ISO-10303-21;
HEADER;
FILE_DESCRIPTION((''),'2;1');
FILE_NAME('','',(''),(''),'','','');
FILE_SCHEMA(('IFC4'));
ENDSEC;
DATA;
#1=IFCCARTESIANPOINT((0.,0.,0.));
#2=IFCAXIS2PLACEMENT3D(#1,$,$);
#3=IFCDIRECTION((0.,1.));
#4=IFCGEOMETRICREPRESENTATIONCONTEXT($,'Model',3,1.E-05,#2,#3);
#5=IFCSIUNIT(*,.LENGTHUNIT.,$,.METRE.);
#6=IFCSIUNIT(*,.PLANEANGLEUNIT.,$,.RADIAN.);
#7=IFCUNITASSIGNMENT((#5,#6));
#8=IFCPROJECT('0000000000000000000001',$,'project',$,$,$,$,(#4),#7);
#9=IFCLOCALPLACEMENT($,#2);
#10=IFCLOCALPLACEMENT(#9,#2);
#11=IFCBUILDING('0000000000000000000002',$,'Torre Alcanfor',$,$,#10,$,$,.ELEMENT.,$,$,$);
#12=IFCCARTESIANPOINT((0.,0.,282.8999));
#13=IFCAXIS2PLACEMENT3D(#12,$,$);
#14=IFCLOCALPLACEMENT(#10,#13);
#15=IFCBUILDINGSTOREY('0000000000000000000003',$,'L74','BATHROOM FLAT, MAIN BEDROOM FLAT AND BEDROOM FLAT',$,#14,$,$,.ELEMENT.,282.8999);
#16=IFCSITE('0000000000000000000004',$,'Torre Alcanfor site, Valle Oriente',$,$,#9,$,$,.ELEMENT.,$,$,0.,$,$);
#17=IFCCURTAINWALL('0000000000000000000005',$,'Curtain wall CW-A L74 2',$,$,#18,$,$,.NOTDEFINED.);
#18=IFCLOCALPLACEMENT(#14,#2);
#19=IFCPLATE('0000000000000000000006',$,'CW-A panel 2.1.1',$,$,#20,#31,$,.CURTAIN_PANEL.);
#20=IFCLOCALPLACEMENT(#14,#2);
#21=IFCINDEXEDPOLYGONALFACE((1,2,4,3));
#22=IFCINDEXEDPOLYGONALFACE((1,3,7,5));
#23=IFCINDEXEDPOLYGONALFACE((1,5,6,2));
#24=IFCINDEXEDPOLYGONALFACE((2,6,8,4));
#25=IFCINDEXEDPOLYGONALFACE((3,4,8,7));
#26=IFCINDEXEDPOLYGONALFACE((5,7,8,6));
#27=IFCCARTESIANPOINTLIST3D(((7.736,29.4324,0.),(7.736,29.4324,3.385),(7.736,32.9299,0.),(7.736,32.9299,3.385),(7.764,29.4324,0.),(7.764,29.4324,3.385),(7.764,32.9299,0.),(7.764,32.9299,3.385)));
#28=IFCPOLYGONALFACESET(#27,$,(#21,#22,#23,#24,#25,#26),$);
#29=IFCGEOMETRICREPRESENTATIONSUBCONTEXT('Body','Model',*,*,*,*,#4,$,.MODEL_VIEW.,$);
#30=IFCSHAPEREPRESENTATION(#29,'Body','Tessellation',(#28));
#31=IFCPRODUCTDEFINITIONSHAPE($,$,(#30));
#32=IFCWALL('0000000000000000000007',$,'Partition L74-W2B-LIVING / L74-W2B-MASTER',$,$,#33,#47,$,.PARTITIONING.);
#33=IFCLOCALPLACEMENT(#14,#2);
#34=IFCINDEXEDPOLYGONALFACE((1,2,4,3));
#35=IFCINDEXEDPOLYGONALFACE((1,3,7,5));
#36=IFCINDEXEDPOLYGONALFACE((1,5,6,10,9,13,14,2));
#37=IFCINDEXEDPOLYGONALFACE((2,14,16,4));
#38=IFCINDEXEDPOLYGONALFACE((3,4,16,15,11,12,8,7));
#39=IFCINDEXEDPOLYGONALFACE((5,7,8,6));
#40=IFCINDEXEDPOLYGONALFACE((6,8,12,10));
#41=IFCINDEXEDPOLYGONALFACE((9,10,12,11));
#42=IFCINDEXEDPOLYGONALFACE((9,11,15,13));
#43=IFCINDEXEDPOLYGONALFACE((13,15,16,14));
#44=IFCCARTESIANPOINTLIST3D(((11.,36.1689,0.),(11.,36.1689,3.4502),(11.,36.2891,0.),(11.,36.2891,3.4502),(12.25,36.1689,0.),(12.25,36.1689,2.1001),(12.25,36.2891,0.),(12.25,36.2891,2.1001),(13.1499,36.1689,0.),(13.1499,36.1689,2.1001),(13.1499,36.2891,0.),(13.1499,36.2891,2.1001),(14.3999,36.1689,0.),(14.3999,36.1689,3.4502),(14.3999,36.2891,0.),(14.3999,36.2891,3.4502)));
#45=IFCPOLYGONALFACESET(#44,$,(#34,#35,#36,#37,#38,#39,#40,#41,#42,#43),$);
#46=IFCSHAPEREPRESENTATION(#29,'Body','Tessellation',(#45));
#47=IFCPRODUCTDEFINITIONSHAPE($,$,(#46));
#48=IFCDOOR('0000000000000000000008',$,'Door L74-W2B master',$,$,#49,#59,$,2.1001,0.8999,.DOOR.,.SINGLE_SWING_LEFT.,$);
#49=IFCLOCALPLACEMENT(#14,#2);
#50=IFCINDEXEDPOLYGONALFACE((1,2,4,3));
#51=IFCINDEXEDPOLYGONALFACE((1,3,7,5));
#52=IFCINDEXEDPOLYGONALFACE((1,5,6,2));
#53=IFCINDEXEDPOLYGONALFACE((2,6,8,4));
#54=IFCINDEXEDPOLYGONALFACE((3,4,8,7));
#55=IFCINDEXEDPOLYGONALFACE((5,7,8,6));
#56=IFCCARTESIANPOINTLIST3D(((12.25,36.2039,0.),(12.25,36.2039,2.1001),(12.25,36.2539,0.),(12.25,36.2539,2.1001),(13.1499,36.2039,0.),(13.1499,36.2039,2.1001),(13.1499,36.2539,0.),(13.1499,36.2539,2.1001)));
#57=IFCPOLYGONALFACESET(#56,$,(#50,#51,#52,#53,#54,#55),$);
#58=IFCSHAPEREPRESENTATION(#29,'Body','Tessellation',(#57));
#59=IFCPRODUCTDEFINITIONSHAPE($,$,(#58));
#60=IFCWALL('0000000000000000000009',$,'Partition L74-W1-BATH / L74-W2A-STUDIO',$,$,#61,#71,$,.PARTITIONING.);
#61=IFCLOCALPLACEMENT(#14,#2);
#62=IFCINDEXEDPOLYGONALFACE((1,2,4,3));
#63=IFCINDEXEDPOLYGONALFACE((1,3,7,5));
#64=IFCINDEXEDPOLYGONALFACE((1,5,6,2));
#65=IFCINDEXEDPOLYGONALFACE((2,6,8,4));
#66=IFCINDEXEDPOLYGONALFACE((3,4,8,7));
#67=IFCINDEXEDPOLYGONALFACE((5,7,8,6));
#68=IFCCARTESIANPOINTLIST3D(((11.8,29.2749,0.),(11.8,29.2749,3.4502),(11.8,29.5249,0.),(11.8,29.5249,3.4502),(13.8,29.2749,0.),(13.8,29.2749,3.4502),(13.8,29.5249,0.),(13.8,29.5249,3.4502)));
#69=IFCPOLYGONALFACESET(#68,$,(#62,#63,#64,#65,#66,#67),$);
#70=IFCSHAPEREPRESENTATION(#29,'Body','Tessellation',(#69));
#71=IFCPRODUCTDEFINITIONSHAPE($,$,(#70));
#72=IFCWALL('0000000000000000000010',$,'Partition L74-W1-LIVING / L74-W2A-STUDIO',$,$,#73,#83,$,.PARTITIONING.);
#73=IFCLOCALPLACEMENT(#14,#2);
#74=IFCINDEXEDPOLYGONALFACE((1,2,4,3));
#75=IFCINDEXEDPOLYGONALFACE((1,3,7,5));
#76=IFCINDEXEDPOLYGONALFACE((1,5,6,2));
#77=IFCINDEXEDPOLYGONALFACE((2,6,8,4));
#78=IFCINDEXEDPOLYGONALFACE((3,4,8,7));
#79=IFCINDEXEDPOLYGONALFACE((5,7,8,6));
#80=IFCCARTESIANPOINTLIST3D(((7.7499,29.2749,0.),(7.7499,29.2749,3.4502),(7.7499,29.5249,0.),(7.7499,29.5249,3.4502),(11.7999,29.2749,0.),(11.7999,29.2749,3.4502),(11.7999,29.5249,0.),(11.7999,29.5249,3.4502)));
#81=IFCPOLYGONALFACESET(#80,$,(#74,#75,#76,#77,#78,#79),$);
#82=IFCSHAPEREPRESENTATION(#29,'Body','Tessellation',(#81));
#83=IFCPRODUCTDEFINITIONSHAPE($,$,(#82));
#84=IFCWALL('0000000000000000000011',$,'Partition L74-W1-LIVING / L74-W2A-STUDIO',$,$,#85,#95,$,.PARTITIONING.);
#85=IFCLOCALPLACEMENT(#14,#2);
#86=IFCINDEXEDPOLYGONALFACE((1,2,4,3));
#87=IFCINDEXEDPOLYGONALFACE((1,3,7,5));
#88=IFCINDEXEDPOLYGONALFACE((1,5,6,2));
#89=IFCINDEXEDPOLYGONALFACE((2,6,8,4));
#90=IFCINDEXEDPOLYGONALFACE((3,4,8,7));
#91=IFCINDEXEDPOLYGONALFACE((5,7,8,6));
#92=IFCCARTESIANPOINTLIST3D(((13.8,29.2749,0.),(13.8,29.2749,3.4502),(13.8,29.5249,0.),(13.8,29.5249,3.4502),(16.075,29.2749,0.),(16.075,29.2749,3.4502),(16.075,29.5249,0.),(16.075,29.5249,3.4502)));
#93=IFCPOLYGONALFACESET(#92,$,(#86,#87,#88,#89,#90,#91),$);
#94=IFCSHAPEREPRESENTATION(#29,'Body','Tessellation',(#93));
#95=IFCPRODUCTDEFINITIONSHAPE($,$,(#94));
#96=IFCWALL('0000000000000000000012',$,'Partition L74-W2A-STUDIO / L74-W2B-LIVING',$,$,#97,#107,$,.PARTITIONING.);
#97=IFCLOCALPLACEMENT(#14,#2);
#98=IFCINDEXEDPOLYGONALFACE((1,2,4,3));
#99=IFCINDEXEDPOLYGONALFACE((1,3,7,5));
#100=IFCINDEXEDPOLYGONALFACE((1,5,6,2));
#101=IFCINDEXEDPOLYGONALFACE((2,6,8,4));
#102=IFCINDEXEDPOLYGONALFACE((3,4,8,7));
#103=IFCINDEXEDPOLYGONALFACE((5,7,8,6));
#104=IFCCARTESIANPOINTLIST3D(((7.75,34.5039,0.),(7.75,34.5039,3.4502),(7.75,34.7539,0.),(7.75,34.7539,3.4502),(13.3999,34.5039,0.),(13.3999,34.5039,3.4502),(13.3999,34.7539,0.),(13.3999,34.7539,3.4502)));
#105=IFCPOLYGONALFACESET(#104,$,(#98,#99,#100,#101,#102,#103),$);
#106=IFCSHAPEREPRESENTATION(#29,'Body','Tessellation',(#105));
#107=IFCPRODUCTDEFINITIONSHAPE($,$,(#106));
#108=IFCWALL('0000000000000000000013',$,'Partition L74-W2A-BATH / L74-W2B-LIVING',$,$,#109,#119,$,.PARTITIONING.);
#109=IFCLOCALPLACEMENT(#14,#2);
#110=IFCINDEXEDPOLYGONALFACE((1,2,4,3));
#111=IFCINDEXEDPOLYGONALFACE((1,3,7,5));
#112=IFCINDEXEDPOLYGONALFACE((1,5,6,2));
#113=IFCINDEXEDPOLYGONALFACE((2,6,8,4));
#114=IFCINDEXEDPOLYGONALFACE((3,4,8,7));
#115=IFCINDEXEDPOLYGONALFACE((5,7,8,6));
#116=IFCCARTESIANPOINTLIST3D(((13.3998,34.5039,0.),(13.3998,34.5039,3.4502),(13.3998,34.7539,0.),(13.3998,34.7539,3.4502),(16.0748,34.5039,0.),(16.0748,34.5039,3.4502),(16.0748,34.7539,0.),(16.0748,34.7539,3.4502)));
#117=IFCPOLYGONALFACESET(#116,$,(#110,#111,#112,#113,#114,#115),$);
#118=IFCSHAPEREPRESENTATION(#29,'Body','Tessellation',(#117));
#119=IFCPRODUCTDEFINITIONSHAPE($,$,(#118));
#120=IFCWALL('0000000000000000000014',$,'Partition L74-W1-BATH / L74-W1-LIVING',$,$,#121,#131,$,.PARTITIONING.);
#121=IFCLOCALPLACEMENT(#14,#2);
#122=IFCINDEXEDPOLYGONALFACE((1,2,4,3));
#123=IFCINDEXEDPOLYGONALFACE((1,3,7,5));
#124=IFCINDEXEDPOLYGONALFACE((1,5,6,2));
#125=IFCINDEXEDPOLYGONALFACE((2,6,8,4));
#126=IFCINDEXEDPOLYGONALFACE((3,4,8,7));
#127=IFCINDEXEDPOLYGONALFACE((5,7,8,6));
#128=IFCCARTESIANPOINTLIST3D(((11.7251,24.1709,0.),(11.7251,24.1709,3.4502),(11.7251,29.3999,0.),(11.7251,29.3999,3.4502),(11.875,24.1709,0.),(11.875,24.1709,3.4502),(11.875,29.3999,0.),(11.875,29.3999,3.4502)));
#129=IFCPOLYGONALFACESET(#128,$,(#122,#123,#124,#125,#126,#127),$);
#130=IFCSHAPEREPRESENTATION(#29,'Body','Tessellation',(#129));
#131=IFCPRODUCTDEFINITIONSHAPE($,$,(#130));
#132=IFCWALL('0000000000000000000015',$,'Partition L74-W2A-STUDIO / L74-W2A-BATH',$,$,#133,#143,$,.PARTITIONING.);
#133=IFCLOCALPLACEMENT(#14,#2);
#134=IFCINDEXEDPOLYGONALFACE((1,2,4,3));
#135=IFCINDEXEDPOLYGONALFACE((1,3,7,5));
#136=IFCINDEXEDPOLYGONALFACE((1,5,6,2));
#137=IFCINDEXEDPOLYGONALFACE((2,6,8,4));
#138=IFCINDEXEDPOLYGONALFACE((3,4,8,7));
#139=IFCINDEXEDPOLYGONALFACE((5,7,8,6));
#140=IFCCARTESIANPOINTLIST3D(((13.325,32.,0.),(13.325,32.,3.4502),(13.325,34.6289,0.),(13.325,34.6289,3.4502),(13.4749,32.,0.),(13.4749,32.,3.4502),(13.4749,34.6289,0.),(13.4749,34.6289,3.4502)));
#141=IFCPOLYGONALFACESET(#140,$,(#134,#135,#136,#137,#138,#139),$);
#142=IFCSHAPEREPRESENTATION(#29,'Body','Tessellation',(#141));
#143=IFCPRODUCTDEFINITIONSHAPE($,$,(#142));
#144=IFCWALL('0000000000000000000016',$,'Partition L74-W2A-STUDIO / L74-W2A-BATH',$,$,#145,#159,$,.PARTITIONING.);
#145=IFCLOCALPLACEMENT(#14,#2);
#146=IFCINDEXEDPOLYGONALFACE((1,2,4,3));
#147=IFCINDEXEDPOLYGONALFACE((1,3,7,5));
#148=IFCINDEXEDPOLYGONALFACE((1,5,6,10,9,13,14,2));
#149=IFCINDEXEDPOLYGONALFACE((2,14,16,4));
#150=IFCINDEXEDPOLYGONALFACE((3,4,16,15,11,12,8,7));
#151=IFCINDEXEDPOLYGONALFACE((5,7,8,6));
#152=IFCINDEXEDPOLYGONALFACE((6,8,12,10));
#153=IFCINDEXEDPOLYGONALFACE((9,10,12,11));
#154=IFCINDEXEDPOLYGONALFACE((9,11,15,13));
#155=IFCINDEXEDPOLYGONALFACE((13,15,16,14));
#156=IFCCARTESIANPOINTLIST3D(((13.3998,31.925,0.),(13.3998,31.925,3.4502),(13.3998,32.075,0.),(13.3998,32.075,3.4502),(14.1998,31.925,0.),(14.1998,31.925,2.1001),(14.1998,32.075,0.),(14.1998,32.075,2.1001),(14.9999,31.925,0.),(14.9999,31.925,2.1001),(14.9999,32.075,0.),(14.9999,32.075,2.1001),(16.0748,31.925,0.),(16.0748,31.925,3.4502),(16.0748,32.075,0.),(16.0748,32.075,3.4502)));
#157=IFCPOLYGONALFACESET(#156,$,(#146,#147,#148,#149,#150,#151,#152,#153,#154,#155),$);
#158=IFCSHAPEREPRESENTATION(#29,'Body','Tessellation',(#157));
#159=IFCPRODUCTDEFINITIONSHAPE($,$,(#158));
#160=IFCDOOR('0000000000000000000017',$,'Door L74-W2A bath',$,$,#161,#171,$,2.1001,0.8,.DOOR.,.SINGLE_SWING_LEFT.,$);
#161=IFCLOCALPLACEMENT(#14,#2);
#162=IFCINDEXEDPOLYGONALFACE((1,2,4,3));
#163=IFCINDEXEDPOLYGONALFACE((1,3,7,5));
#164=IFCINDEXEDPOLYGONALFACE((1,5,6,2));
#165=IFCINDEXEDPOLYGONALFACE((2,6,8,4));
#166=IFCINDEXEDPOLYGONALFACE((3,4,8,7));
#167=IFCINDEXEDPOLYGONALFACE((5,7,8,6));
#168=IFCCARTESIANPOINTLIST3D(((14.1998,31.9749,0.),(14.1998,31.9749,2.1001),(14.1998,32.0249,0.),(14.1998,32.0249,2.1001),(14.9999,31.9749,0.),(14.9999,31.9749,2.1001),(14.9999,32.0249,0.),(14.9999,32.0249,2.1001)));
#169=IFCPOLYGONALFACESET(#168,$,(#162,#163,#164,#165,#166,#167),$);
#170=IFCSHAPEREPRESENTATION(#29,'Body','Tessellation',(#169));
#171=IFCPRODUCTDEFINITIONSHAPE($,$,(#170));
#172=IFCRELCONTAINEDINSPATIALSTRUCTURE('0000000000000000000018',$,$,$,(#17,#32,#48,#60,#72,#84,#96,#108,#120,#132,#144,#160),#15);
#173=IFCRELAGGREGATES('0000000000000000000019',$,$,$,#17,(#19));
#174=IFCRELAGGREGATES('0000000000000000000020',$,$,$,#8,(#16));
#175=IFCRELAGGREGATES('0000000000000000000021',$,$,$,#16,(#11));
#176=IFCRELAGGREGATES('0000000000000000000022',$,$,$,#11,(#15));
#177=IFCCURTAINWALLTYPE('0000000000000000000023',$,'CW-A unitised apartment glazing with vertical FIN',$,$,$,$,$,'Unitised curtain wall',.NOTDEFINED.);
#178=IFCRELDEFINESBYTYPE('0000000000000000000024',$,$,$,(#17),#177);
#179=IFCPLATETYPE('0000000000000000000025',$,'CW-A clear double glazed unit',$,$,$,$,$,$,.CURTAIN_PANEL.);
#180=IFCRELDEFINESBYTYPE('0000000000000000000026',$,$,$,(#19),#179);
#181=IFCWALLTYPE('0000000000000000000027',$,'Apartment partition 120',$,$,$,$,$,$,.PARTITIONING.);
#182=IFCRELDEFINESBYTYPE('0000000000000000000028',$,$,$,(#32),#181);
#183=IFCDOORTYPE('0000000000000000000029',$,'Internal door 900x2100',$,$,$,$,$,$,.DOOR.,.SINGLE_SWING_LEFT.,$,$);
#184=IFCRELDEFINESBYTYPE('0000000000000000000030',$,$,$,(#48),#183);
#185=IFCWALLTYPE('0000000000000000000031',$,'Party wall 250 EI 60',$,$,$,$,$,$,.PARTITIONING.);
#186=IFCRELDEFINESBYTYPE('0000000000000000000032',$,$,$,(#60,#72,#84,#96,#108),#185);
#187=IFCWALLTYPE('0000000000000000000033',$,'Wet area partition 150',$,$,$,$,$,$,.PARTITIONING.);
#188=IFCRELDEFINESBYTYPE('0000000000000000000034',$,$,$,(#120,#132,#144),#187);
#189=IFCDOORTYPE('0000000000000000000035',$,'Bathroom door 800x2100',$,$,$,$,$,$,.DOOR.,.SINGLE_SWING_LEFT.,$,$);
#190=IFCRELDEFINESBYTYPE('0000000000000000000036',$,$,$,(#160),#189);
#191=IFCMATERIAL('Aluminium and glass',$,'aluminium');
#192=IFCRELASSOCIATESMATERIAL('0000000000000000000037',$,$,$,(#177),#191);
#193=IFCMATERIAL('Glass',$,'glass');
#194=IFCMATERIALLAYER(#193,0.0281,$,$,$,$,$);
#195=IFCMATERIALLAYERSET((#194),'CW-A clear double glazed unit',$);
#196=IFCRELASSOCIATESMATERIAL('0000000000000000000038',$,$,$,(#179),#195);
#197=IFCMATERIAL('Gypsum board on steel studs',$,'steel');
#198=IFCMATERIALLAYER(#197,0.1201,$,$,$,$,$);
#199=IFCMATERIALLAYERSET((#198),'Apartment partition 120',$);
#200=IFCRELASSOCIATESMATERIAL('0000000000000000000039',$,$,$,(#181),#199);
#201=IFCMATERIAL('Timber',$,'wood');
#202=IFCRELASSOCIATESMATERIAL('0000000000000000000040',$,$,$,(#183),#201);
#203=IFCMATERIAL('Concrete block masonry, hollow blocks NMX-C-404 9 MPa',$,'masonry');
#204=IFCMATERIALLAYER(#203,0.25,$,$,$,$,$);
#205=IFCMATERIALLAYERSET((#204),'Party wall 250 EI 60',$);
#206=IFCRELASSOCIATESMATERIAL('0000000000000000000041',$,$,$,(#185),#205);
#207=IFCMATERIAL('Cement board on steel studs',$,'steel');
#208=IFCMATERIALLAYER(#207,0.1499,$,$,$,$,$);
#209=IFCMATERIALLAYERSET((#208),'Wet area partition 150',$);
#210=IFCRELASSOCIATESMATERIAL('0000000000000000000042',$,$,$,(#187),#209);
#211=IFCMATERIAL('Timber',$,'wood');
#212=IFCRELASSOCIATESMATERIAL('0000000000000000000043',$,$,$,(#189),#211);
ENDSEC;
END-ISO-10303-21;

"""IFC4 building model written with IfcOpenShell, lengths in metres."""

from ifc_helpers import new_model, si_unit, direction, frame, frame_2d, origin, origin_2d, place, context, subcontext, project, spatial, rectangle, extrude, material, layer, layer_set, type_object, element, fill, aggregate, save


model = new_model("IFC4")

# Units and contexts
model_context = context("Model", 3, precision=1e-05, world=origin(), true_north=direction((0.0, 1.0)))
body_context = subcontext(model_context, "Body", "Model", "MODEL_VIEW")
ifc_project = project(units=[si_unit("LENGTHUNIT", "METRE"), si_unit("PLANEANGLEUNIT", "RADIAN")], contexts=[model_context])

# Site, building, storey
site_placement = place(None, origin())
site = spatial("IfcSite", under=ifc_project, at=site_placement, Name="Torre Alcanfor site, Valle Oriente", CompositionType="ELEMENT", RefElevation=0.0)
building_placement = place(site_placement, origin())
building = spatial("IfcBuilding", under=site, at=building_placement, Name="Torre Alcanfor", CompositionType="ELEMENT")
storey_placement = place(building_placement, frame((0.0, 0.0, 282.8999)))
storey = spatial("IfcBuildingStorey", under=building, at=storey_placement, Name="L74", Description="BATHROOM FLAT, MAIN BEDROOM FLAT AND BEDROOM FLAT", CompositionType="ELEMENT", Elevation=282.8999)

# Curtain wall
ifc_material_1 = material(Name="Aluminium and glass", Category="aluminium")
curtain_wall_type = type_object("IfcCurtainWallType", Name="CW-A unitised apartment glazing with vertical FIN", ElementType="Unitised curtain wall", PredefinedType="NOTDEFINED", material=ifc_material_1)
curtain_wall_placement = place(storey_placement, origin())
curtain_wall = element("IfcCurtainWall", 1, at=curtain_wall_placement, inside=storey, type_object=curtain_wall_type, Name="Curtain wall CW-A L74 2", PredefinedType="NOTDEFINED")

# Plate
ifc_material_2 = material(Name="Glass", Category="glass")
ifc_layer_1 = layer(ifc_material_2, 0.0281)
ifc_layer_set_1 = layer_set([ifc_layer_1], Name="CW-A clear double glazed unit")
plate_type = type_object("IfcPlateType", Name="CW-A clear double glazed unit", PredefinedType="CURTAIN_PANEL", material=ifc_layer_set_1)
plate_1_placement = place(storey_placement, frame((7.75, 31.1812, 0.0), z_axis=(0.0, 0.0, 1.0), x_axis=(0.0, -1.0, 0.0)))
plate_1 = element("IfcPlate", 2, at=plate_1_placement, type_object=plate_type, Name="CW-A panel 2.1.1", PredefinedType="CURTAIN_PANEL", context=body_context, shape_type="SweptSolid", body=[
    extrude(rectangle(XDim=3.4976, YDim=0.0281, at=origin_2d()), origin(), (0.0, 0.0, 1.0), 3.385),
])
aggregate(curtain_wall, [plate_1])

# Wall, opening, door
ifc_material_3 = material(Name="Gypsum board on steel studs", Category="steel")
ifc_layer_2 = layer(ifc_material_3, 0.1201)
ifc_layer_set_2 = layer_set([ifc_layer_2], Name="Apartment partition 120")
wall_type_1 = type_object("IfcWallType", Name="Apartment partition 120", PredefinedType="PARTITIONING", material=ifc_layer_set_2)
wall_1_placement = place(storey_placement, frame((11.0, 36.229, 0.0), z_axis=(0.0, 0.0, 1.0), x_axis=(1.0, 0.0, 0.0)))
wall_1 = element("IfcWall", 3, at=wall_1_placement, inside=storey, type_object=wall_type_1, Name="Partition L74-W2B-LIVING / L74-W2B-MASTER", PredefinedType="PARTITIONING", context=body_context, shape_type="SweptSolid", body=[
    extrude(rectangle(XDim=3.3999, YDim=0.1201, at=frame_2d((1.7, 0.0))), origin(), (0.0, 0.0, 1.0), 3.4502),
])
opening_1_placement = place(wall_1_placement, frame((1.25, 0.0, 0.0)))
opening_1 = element("IfcOpeningElement", 4, at=opening_1_placement, cuts=wall_1, PredefinedType="OPENING", context=body_context, shape_type="SweptSolid", body=[
    extrude(rectangle(XDim=0.8999, YDim=2.1001, at=frame_2d((0.45, 1.05))), frame((0.0, 0.0701, 0.0), z_axis=(0.0, -1.0, 0.0), x_axis=(1.0, 0.0, 0.0)), (0.0, 0.0, 1.0), 0.1401),
])
ifc_material_4 = material(Name="Timber", Category="wood")
door_type_1 = type_object("IfcDoorType", Name="Internal door 900x2100", OperationType="SINGLE_SWING_LEFT", PredefinedType="DOOR", material=ifc_material_4)
door_1_placement = place(opening_1_placement, origin())
door_1 = element("IfcDoor", 5, at=door_1_placement, inside=storey, type_object=door_type_1, Name="Door L74-W2B master", OperationType="SINGLE_SWING_LEFT", OverallHeight=2.1001, OverallWidth=0.8999, PredefinedType="DOOR", context=body_context, shape_type="SweptSolid", body=[
    extrude(rectangle(XDim=0.8999, YDim=2.1001, at=frame_2d((0.45, 1.05))), frame((0.0, 0.0249, 0.0), z_axis=(0.0, -1.0, 0.0), x_axis=(1.0, 0.0, 0.0)), (0.0, 0.0, 1.0), 0.05),
])
fill(opening_1, door_1)

# Walls
ifc_material_5 = material(Name="Concrete block masonry, hollow blocks NMX-C-404 9 MPa", Category="masonry")
ifc_layer_3 = layer(ifc_material_5, 0.25)
ifc_layer_set_3 = layer_set([ifc_layer_3], Name="Party wall 250 EI 60")
wall_type_2 = type_object("IfcWallType", Name="Party wall 250 EI 60", PredefinedType="PARTITIONING", material=ifc_layer_set_3)
wall_2_placement = place(storey_placement, frame((13.8, 29.3999, 0.0), z_axis=(0.0, 0.0, 1.0), x_axis=(-1.0, 0.0, 0.0)))
element("IfcWall", 6, at=wall_2_placement, inside=storey, type_object=wall_type_2, Name="Partition L74-W1-BATH / L74-W2A-STUDIO", PredefinedType="PARTITIONING", context=body_context, shape_type="SweptSolid", body=[
    extrude(rectangle(XDim=2.0, YDim=0.25, at=frame_2d((1.0, 0.0))), origin(), (0.0, 0.0, 1.0), 3.4502),
])
wall_3_placement = place(storey_placement, frame((7.75, 29.3999, 0.0), z_axis=(0.0, 0.0, 1.0), x_axis=(1.0, 0.0, 0.0)))
element("IfcWall", 7, at=wall_3_placement, inside=storey, type_object=wall_type_2, Name="Partition L74-W1-LIVING / L74-W2A-STUDIO", PredefinedType="PARTITIONING", context=body_context, shape_type="SweptSolid", body=[
    extrude(rectangle(XDim=4.05, YDim=0.25, at=frame_2d((2.0249, 0.0))), origin(), (0.0, 0.0, 1.0), 3.4502),
])
wall_4_placement = place(storey_placement, frame((13.8, 29.3999, 0.0), z_axis=(0.0, 0.0, 1.0), x_axis=(1.0, 0.0, 0.0)))
element("IfcWall", 8, at=wall_4_placement, inside=storey, type_object=wall_type_2, Name="Partition L74-W1-LIVING / L74-W2A-STUDIO", PredefinedType="PARTITIONING", context=body_context, shape_type="SweptSolid", body=[
    extrude(rectangle(XDim=2.2749, YDim=0.25, at=frame_2d((1.1375, 0.0))), origin(), (0.0, 0.0, 1.0), 3.4502),
])
wall_5_placement = place(storey_placement, frame((7.75, 34.6289, 0.0), z_axis=(0.0, 0.0, 1.0), x_axis=(1.0, 0.0, 0.0)))
element("IfcWall", 9, at=wall_5_placement, inside=storey, type_object=wall_type_2, Name="Partition L74-W2A-STUDIO / L74-W2B-LIVING", PredefinedType="PARTITIONING", context=body_context, shape_type="SweptSolid", body=[
    extrude(rectangle(XDim=5.6499, YDim=0.25, at=frame_2d((2.825, 0.0))), origin(), (0.0, 0.0, 1.0), 3.4502),
])
wall_6_placement = place(storey_placement, frame((13.3999, 34.6289, 0.0), z_axis=(0.0, 0.0, 1.0), x_axis=(1.0, 0.0, 0.0)))
element("IfcWall", 10, at=wall_6_placement, inside=storey, type_object=wall_type_2, Name="Partition L74-W2A-BATH / L74-W2B-LIVING", PredefinedType="PARTITIONING", context=body_context, shape_type="SweptSolid", body=[
    extrude(rectangle(XDim=2.675, YDim=0.25, at=frame_2d((1.3374, 0.0))), origin(), (0.0, 0.0, 1.0), 3.4502),
])
ifc_material_6 = material(Name="Cement board on steel studs", Category="steel")
ifc_layer_4 = layer(ifc_material_6, 0.1499)
ifc_layer_set_4 = layer_set([ifc_layer_4], Name="Wet area partition 150")
wall_type_3 = type_object("IfcWallType", Name="Wet area partition 150", PredefinedType="PARTITIONING", material=ifc_layer_set_4)
wall_7_placement = place(storey_placement, frame((11.8, 29.3999, 0.0), z_axis=(0.0, 0.0, 1.0), x_axis=(0.0, -1.0, 0.0)))
element("IfcWall", 11, at=wall_7_placement, inside=storey, type_object=wall_type_3, Name="Partition L74-W1-BATH / L74-W1-LIVING", PredefinedType="PARTITIONING", context=body_context, shape_type="SweptSolid", body=[
    extrude(rectangle(XDim=5.229, YDim=0.1499, at=frame_2d((2.6145, 0.0))), origin(), (0.0, 0.0, 1.0), 3.4502),
])
wall_8_placement = place(storey_placement, frame((13.3999, 34.6289, 0.0), z_axis=(0.0, 0.0, 1.0), x_axis=(0.0, -1.0, 0.0)))
element("IfcWall", 12, at=wall_8_placement, inside=storey, type_object=wall_type_3, Name="Partition L74-W2A-STUDIO / L74-W2A-BATH", PredefinedType="PARTITIONING", context=body_context, shape_type="SweptSolid", body=[
    extrude(rectangle(XDim=2.6289, YDim=0.1499, at=frame_2d((1.3145, 0.0))), origin(), (0.0, 0.0, 1.0), 3.4502),
])

# Wall, opening, door
wall_9_placement = place(storey_placement, frame((13.3999, 32.0, 0.0), z_axis=(0.0, 0.0, 1.0), x_axis=(1.0, 0.0, 0.0)))
wall_9 = element("IfcWall", 13, at=wall_9_placement, inside=storey, type_object=wall_type_3, Name="Partition L74-W2A-STUDIO / L74-W2A-BATH", PredefinedType="PARTITIONING", context=body_context, shape_type="SweptSolid", body=[
    extrude(rectangle(XDim=2.675, YDim=0.1499, at=frame_2d((1.3374, 0.0))), origin(), (0.0, 0.0, 1.0), 3.4502),
])
opening_2_placement = place(wall_9_placement, frame((0.8, 0.0, 0.0)))
opening_2 = element("IfcOpeningElement", 14, at=opening_2_placement, cuts=wall_9, PredefinedType="OPENING", context=body_context, shape_type="SweptSolid", body=[
    extrude(rectangle(XDim=0.8, YDim=2.1001, at=frame_2d((0.3999, 1.05))), frame((0.0, 0.085, 0.0), z_axis=(0.0, -1.0, 0.0), x_axis=(1.0, 0.0, 0.0)), (0.0, 0.0, 1.0), 0.1699),
])
ifc_material_7 = material(Name="Timber", Category="wood")
door_type_2 = type_object("IfcDoorType", Name="Bathroom door 800x2100", OperationType="SINGLE_SWING_LEFT", PredefinedType="DOOR", material=ifc_material_7)
door_2_placement = place(opening_2_placement, origin())
door_2 = element("IfcDoor", 15, at=door_2_placement, inside=storey, type_object=door_type_2, Name="Door L74-W2A bath", OperationType="SINGLE_SWING_LEFT", OverallHeight=2.1001, OverallWidth=0.8, PredefinedType="DOOR", context=body_context, shape_type="SweptSolid", body=[
    extrude(rectangle(XDim=0.8, YDim=2.1001, at=frame_2d((0.3999, 1.05))), frame((0.0, 0.0249, 0.0), z_axis=(0.0, -1.0, 0.0), x_axis=(1.0, 0.0, 0.0)), (0.0, 0.0, 1.0), 0.05),
])
fill(opening_2, door_2)

save(model, "model.ifc")
